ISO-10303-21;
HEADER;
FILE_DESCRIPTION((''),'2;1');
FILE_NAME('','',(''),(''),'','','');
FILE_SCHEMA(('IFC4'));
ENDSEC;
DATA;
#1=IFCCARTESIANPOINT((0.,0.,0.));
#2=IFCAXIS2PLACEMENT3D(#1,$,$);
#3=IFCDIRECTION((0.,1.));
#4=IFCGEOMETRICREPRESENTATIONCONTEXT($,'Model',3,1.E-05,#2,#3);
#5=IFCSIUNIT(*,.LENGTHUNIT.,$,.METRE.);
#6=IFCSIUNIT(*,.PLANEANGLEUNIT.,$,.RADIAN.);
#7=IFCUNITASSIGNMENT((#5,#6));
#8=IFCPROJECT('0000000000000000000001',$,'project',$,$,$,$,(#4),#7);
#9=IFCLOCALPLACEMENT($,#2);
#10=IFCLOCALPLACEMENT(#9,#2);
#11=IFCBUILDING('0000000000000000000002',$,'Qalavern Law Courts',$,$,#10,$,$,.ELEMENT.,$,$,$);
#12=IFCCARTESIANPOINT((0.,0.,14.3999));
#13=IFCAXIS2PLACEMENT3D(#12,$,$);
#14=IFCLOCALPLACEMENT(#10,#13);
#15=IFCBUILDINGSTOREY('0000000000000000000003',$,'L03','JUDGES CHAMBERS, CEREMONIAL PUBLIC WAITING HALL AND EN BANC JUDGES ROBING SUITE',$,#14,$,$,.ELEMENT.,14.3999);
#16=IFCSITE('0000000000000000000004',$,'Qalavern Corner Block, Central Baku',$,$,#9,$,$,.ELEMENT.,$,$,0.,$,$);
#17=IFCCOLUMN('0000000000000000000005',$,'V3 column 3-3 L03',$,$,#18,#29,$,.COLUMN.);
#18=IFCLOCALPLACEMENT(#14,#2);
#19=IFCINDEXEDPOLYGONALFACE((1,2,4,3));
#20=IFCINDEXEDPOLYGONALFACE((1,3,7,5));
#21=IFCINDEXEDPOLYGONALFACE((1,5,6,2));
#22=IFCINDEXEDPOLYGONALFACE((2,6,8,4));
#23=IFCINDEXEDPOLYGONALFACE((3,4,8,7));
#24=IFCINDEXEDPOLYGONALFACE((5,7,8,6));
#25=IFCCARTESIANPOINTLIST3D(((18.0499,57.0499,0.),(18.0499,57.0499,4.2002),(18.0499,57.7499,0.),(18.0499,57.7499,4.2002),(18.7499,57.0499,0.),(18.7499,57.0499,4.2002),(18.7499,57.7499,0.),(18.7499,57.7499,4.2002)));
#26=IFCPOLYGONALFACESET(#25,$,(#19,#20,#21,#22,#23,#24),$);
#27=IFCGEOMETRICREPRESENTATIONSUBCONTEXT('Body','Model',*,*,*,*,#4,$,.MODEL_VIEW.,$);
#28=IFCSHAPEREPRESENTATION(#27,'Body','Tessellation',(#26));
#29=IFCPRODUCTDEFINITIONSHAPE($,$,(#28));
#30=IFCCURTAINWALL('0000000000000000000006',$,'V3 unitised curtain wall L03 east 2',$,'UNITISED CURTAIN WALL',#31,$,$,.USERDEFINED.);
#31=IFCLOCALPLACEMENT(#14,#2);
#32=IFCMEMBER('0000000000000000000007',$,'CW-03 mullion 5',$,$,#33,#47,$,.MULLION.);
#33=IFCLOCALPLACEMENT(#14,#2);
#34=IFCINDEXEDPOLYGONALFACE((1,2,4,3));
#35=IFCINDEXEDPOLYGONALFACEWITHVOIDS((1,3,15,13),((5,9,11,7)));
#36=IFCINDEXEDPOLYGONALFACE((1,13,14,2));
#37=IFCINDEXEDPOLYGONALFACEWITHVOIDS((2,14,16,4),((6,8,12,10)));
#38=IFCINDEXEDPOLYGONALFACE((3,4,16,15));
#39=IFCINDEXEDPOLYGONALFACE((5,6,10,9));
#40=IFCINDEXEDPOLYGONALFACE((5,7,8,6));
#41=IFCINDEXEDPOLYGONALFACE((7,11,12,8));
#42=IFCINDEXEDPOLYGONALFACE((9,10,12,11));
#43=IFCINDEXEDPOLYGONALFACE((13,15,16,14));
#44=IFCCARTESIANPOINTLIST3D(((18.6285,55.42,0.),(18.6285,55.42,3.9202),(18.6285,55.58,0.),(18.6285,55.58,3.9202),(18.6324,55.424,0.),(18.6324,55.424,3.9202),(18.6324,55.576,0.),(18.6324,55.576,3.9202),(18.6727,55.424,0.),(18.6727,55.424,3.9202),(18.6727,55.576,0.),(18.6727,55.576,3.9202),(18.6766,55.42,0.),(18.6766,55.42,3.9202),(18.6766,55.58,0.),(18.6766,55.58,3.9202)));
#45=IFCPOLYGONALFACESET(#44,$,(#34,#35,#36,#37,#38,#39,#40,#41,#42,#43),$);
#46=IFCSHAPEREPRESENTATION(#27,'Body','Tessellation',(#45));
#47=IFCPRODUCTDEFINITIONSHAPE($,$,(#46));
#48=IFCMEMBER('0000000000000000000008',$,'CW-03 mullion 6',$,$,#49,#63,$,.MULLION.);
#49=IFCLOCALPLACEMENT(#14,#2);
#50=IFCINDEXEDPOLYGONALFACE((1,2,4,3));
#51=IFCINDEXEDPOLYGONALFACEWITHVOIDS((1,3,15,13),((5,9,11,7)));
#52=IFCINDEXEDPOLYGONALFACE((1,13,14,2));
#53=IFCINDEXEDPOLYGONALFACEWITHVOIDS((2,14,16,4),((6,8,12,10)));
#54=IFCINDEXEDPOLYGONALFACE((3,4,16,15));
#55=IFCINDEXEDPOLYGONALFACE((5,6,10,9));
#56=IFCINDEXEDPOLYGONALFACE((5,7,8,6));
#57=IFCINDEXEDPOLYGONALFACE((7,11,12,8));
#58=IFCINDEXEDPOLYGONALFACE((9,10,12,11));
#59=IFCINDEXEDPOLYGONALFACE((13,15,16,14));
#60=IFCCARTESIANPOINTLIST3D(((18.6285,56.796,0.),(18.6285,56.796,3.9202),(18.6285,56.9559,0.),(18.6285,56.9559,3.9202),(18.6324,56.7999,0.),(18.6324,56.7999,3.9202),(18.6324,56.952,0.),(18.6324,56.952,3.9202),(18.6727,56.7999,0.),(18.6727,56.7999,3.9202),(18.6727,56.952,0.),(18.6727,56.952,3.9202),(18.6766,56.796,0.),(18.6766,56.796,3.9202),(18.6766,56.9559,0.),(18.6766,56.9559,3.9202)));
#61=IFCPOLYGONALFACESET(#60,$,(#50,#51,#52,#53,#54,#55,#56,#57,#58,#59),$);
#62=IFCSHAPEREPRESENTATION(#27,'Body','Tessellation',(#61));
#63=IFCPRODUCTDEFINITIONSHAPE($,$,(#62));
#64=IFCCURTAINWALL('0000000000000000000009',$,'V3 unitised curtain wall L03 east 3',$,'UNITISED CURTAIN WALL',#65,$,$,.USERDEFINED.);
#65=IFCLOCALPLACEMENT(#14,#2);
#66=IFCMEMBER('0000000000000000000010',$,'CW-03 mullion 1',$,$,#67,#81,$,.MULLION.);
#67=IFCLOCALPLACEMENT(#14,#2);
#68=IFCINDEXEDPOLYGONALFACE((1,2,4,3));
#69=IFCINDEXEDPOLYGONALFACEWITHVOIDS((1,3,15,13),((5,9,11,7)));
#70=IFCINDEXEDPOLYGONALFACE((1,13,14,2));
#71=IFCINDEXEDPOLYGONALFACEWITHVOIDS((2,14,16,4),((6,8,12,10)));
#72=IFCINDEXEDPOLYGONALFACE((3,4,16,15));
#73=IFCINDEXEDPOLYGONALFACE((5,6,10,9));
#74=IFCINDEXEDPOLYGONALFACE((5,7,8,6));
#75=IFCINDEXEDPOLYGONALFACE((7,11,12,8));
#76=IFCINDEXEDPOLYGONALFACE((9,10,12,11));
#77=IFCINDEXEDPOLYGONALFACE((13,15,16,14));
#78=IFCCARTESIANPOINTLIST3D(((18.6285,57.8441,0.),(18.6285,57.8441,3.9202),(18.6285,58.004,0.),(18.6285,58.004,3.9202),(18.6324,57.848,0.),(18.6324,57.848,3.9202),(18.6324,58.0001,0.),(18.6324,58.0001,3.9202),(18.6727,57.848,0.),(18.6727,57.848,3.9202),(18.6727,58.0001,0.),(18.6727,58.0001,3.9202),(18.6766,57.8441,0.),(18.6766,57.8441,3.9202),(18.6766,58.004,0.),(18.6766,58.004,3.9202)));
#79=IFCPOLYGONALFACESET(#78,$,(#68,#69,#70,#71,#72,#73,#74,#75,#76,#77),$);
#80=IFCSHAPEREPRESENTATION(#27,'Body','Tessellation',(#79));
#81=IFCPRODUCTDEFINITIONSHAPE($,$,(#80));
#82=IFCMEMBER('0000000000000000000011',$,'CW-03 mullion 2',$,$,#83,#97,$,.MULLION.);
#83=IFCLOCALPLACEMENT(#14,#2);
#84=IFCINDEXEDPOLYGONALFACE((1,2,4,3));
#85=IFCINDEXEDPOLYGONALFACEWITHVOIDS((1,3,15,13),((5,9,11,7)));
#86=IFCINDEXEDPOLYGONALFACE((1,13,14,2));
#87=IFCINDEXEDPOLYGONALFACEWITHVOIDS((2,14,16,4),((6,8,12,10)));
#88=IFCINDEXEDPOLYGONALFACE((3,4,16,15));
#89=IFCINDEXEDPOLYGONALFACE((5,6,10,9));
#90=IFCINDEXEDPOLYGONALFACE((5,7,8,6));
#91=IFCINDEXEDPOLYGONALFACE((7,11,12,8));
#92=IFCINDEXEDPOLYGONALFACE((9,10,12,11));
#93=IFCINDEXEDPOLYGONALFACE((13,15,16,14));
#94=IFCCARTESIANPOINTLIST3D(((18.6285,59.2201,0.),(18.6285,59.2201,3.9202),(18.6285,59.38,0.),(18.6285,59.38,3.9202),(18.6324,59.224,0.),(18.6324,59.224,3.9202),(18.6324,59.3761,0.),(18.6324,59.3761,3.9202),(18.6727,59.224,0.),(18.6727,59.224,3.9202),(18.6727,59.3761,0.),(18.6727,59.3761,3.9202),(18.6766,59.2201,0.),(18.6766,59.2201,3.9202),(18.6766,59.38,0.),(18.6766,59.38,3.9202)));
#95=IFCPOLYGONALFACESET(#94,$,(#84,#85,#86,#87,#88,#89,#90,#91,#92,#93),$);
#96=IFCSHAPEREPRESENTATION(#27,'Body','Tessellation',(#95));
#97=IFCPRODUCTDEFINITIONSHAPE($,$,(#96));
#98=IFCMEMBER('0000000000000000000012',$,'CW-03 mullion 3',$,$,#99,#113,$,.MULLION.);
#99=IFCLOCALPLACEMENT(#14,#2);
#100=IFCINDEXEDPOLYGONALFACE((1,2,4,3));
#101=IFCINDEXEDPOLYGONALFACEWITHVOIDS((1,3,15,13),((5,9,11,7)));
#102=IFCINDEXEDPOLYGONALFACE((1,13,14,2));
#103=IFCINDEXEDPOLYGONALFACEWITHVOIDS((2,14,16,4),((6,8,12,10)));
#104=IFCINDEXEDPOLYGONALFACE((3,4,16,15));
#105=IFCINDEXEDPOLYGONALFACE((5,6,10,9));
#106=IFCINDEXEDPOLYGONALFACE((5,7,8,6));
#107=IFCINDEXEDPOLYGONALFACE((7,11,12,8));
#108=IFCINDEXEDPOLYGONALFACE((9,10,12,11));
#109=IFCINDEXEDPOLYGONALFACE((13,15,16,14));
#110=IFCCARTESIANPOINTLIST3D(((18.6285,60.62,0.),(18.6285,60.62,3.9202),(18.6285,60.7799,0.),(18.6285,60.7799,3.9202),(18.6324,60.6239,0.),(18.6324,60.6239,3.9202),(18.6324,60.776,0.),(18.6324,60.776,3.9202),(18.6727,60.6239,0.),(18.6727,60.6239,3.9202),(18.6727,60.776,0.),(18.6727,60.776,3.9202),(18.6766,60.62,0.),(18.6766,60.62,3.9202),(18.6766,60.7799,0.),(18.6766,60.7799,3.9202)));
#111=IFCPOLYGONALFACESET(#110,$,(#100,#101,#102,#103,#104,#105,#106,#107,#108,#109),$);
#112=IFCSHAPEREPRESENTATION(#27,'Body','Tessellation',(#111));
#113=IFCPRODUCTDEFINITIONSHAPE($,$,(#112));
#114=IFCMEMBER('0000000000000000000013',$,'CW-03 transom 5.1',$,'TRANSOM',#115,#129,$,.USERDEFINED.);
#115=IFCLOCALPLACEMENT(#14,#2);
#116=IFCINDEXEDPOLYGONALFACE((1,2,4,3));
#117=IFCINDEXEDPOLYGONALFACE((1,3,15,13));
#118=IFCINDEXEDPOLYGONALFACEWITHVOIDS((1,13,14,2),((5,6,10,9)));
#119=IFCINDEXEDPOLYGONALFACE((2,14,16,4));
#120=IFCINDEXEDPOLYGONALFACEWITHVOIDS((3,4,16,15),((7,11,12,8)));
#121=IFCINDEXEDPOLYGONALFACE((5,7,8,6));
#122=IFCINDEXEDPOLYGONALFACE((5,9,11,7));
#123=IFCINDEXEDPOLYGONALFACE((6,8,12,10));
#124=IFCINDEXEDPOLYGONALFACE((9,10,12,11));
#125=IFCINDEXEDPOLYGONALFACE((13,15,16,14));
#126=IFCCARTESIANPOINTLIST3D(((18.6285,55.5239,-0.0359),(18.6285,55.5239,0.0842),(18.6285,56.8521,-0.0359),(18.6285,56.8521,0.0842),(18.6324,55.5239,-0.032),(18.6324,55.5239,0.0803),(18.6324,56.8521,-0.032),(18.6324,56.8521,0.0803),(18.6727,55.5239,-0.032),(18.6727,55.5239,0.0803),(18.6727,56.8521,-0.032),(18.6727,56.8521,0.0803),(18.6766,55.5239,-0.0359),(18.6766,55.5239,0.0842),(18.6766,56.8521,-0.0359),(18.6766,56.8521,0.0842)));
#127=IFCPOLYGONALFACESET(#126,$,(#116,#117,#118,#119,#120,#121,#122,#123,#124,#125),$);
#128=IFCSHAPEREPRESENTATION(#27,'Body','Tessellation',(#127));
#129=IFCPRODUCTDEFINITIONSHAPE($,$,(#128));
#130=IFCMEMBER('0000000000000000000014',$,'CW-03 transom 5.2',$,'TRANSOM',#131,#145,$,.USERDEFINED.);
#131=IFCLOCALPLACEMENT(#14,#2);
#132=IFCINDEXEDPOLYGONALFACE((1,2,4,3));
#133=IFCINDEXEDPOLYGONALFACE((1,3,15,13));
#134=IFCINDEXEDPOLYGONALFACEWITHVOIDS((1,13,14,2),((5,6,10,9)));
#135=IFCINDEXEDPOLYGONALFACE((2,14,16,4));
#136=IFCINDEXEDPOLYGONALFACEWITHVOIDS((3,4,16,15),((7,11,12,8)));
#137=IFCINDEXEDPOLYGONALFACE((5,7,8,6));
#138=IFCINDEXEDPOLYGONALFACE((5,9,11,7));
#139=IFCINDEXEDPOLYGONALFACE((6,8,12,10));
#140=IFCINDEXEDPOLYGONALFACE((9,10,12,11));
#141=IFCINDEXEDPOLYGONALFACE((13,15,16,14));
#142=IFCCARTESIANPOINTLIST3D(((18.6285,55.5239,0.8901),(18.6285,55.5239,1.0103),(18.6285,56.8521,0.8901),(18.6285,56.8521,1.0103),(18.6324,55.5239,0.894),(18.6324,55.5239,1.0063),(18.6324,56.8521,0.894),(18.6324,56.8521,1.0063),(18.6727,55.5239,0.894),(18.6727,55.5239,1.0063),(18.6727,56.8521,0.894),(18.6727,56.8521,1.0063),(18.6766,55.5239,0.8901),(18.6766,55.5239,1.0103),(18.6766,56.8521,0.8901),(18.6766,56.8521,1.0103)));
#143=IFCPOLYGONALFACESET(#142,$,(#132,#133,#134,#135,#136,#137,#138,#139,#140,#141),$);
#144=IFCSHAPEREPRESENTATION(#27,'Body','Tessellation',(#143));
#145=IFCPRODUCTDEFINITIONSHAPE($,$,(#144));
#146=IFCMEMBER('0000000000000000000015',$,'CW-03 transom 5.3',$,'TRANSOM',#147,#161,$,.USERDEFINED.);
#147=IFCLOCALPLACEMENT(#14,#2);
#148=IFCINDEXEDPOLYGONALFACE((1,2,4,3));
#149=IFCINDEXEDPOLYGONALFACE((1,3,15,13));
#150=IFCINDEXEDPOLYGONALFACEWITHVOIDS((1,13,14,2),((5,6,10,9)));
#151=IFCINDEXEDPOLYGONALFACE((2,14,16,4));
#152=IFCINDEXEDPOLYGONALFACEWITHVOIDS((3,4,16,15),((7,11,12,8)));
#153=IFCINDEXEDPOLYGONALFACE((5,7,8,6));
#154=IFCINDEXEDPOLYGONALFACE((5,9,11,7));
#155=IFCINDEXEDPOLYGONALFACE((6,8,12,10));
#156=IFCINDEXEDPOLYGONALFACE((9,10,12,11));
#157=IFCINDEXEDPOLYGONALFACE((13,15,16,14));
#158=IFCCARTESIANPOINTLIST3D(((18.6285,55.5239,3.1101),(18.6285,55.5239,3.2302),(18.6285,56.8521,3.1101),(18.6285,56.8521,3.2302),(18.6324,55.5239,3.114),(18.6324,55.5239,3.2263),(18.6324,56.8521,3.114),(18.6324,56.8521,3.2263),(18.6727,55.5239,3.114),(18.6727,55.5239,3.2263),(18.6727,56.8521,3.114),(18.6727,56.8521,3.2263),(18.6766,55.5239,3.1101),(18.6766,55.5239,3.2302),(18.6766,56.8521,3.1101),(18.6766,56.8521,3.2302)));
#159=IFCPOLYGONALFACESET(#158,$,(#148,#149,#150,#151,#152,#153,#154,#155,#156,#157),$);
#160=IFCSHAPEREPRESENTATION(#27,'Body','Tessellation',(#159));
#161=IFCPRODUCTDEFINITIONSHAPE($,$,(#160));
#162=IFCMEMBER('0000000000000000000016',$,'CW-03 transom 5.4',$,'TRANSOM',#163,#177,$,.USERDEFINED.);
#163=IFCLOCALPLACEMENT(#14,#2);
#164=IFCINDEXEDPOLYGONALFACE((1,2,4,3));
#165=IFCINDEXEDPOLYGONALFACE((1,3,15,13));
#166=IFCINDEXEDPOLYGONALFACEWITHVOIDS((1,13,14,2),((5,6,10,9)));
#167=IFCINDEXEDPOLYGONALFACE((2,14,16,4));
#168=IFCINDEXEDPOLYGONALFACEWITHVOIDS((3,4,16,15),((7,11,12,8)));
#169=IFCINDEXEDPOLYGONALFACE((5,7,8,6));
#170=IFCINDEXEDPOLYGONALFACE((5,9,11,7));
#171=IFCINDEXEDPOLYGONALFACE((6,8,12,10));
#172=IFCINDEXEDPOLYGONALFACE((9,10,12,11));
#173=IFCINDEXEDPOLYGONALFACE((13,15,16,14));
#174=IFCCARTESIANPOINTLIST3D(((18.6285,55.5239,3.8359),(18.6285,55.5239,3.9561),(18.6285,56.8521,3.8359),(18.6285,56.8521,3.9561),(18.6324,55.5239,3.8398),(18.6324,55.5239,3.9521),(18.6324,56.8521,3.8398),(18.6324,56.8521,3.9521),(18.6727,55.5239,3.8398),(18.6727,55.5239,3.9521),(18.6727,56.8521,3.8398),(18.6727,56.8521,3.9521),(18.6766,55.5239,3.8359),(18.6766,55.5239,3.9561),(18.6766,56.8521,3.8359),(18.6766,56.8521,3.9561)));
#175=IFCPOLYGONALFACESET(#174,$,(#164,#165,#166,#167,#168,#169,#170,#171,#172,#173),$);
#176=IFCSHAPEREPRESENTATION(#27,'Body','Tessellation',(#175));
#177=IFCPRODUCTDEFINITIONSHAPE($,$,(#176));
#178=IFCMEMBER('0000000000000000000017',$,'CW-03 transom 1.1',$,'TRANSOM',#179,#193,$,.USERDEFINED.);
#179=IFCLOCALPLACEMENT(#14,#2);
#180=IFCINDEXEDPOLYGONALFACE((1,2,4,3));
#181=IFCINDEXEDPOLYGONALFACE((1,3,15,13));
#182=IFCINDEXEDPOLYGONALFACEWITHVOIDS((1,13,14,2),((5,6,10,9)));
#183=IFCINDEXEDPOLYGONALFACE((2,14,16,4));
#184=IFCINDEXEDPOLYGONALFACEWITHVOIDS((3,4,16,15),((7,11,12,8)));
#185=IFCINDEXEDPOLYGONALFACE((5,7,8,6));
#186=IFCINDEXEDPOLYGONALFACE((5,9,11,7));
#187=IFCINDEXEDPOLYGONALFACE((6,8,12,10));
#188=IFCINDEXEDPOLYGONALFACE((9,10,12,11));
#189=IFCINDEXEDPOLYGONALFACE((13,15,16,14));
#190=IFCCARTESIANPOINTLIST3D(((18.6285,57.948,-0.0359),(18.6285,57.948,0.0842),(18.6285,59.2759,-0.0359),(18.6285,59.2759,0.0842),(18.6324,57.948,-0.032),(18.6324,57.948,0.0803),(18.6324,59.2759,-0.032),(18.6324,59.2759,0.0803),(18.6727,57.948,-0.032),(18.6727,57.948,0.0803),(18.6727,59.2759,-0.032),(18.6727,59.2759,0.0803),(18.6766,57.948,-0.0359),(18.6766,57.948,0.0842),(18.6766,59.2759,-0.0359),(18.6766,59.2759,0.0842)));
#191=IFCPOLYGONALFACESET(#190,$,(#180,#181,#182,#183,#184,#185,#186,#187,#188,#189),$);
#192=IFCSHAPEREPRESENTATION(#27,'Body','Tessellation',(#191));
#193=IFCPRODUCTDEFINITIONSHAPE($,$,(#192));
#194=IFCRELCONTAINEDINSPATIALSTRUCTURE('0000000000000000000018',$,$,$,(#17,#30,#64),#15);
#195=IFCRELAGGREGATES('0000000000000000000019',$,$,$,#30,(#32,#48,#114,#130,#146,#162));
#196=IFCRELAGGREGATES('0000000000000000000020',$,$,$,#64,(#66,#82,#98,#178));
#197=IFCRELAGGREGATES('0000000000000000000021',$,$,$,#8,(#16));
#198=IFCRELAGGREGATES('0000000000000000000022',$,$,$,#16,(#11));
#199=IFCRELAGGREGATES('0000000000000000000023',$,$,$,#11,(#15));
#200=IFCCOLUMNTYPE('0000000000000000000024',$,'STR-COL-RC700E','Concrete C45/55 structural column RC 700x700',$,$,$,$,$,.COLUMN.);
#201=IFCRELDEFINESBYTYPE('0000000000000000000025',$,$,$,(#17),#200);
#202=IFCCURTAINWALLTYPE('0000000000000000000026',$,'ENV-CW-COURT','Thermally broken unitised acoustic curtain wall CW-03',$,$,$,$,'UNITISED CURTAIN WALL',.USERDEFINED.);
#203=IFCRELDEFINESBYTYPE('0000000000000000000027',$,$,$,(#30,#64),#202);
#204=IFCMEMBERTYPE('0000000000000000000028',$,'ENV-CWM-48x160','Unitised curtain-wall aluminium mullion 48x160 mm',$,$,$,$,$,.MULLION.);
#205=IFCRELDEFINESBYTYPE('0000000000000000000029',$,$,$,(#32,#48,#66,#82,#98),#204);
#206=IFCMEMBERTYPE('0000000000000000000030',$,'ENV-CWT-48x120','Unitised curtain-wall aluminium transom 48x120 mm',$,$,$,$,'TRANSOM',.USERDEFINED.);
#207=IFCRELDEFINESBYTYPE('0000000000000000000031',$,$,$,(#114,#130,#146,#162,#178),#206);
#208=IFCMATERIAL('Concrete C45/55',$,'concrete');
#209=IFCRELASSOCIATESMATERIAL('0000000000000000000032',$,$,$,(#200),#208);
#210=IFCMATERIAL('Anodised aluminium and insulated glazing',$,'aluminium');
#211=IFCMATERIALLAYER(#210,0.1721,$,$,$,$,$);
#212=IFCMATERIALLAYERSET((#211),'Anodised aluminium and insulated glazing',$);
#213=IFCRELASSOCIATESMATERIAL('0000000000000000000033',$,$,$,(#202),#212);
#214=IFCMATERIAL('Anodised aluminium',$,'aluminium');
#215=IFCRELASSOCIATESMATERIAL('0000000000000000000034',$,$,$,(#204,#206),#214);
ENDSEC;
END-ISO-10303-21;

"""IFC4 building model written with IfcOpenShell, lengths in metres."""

from ifc_helpers import new_model, si_unit, direction, frame, origin, origin_2d, place, context, subcontext, project, spatial, rectangle, hollow_rectangle, extrude, material, layer, layer_set, material_profile, profile_set, type_object, element, aggregate, save


model = new_model("IFC4")

# Units and contexts
model_context = context("Model", 3, precision=1e-05, world=origin(), true_north=direction((0.0, 1.0)))
body_context = subcontext(model_context, "Body", "Model", "MODEL_VIEW")
ifc_project = project(units=[si_unit("LENGTHUNIT", "METRE"), si_unit("PLANEANGLEUNIT", "RADIAN")], contexts=[model_context])

# Site, building, storey
site_placement = place(None, origin())
site = spatial("IfcSite", under=ifc_project, at=site_placement, Name="Qalavern Corner Block, Central Baku", CompositionType="ELEMENT", RefElevation=0.0)
building_placement = place(site_placement, origin())
building = spatial("IfcBuilding", under=site, at=building_placement, Name="Qalavern Law Courts", CompositionType="ELEMENT")
storey_placement = place(building_placement, frame((0.0, 0.0, 14.3999)))
storey = spatial("IfcBuildingStorey", under=building, at=storey_placement, Name="L03", Description="JUDGES CHAMBERS, CEREMONIAL PUBLIC WAITING HALL AND EN BANC JUDGES ROBING SUITE", CompositionType="ELEMENT", Elevation=14.3999)

# Column
ifc_material_1 = material(Name="Concrete C45/55", Category="concrete")
ifc_material_profile_1 = material_profile(ifc_material_1, rectangle(XDim=0.7, YDim=0.7, at=origin_2d()), Name="RC 700x700")
ifc_profile_set_1 = profile_set([ifc_material_profile_1], Name="Concrete C45/55")
column_type = type_object("IfcColumnType", Name="STR-COL-RC700E", Description="Concrete C45/55 structural column RC 700x700", PredefinedType="COLUMN", material=ifc_profile_set_1)
column_placement = place(storey_placement, frame((18.3999, 57.3999, 0.0), z_axis=(0.0, 0.0, 1.0), x_axis=(1.0, 0.0, 0.0)))
element("IfcColumn", 1, at=column_placement, inside=storey, type_object=column_type, Name="V3 column 3-3 L03", PredefinedType="COLUMN", context=body_context, shape_type="SweptSolid", body=[
    extrude(rectangle(XDim=0.7, YDim=0.7, at=origin_2d()), origin(), (0.0, 0.0, 1.0), 4.2002),
])

# Curtain walls, members
ifc_material_2 = material(Name="Anodised aluminium and insulated glazing", Category="aluminium")
ifc_layer_1 = layer(ifc_material_2, 0.1721)
ifc_layer_set_1 = layer_set([ifc_layer_1], Name="Anodised aluminium and insulated glazing")
curtain_wall_type = type_object("IfcCurtainWallType", Name="ENV-CW-COURT", Description="Thermally broken unitised acoustic curtain wall CW-03", ElementType="UNITISED CURTAIN WALL", PredefinedType="USERDEFINED", material=ifc_layer_set_1)
curtain_wall_1_placement = place(storey_placement, origin())
curtain_wall_1 = element("IfcCurtainWall", 2, at=curtain_wall_1_placement, inside=storey, type_object=curtain_wall_type, Name="V3 unitised curtain wall L03 east 2", ObjectType="UNITISED CURTAIN WALL", PredefinedType="USERDEFINED")
ifc_material_3 = material(Name="Anodised aluminium", Category="aluminium")
ifc_material_profile_2 = material_profile(ifc_material_3, hollow_rectangle(XDim=0.0481, YDim=0.1599, WallThickness=0.0039, at=origin_2d()), Name="ALU MULLION 48x160")
ifc_profile_set_2 = profile_set([ifc_material_profile_2], Name="Anodised aluminium")
member_type_1 = type_object("IfcMemberType", Name="ENV-CWM-48x160", Description="Unitised curtain-wall aluminium mullion 48x160 mm", PredefinedType="MULLION", material=ifc_profile_set_2)
member_1_placement = place(storey_placement, frame((18.6526, 55.5, 0.0), z_axis=(0.0, 0.0, 1.0), x_axis=(-1.0, 0.0, 0.0)))
member_1 = element("IfcMember", 3, at=member_1_placement, type_object=member_type_1, Name="CW-03 mullion 5", PredefinedType="MULLION", context=body_context, shape_type="SweptSolid", body=[
    extrude(hollow_rectangle(XDim=0.0481, YDim=0.1599, WallThickness=0.0039, at=origin_2d()), origin(), (0.0, 0.0, 1.0), 3.9202),
])
member_2_placement = place(storey_placement, frame((18.6526, 56.876, 0.0), z_axis=(0.0, 0.0, 1.0), x_axis=(-1.0, 0.0, 0.0)))
member_2 = element("IfcMember", 4, at=member_2_placement, type_object=member_type_1, Name="CW-03 mullion 6", PredefinedType="MULLION", context=body_context, shape_type="SweptSolid", body=[
    extrude(hollow_rectangle(XDim=0.0481, YDim=0.1599, WallThickness=0.0039, at=origin_2d()), origin(), (0.0, 0.0, 1.0), 3.9202),
])
curtain_wall_2_placement = place(storey_placement, origin())
curtain_wall_2 = element("IfcCurtainWall", 5, at=curtain_wall_2_placement, inside=storey, type_object=curtain_wall_type, Name="V3 unitised curtain wall L03 east 3", ObjectType="UNITISED CURTAIN WALL", PredefinedType="USERDEFINED")
member_3_placement = place(storey_placement, frame((18.6526, 57.9241, 0.0), z_axis=(0.0, 0.0, 1.0), x_axis=(-1.0, 0.0, 0.0)))
member_3 = element("IfcMember", 6, at=member_3_placement, type_object=member_type_1, Name="CW-03 mullion 1", PredefinedType="MULLION", context=body_context, shape_type="SweptSolid", body=[
    extrude(hollow_rectangle(XDim=0.0481, YDim=0.1599, WallThickness=0.0039, at=origin_2d()), origin(), (0.0, 0.0, 1.0), 3.9202),
])
member_4_placement = place(storey_placement, frame((18.6526, 59.3, 0.0), z_axis=(0.0, 0.0, 1.0), x_axis=(-1.0, 0.0, 0.0)))
member_4 = element("IfcMember", 7, at=member_4_placement, type_object=member_type_1, Name="CW-03 mullion 2", PredefinedType="MULLION", context=body_context, shape_type="SweptSolid", body=[
    extrude(hollow_rectangle(XDim=0.0481, YDim=0.1599, WallThickness=0.0039, at=origin_2d()), origin(), (0.0, 0.0, 1.0), 3.9202),
])
member_5_placement = place(storey_placement, frame((18.6526, 60.7, 0.0), z_axis=(0.0, 0.0, 1.0), x_axis=(-1.0, 0.0, 0.0)))
member_5 = element("IfcMember", 8, at=member_5_placement, type_object=member_type_1, Name="CW-03 mullion 3", PredefinedType="MULLION", context=body_context, shape_type="SweptSolid", body=[
    extrude(hollow_rectangle(XDim=0.0481, YDim=0.1599, WallThickness=0.0039, at=origin_2d()), origin(), (0.0, 0.0, 1.0), 3.9202),
])

# Members
ifc_material_profile_3 = material_profile(ifc_material_3, hollow_rectangle(XDim=0.0481, YDim=0.1201, WallThickness=0.0039, at=origin_2d()), Name="ALU TRANSOM 48x120")
ifc_profile_set_3 = profile_set([ifc_material_profile_3], Name="Anodised aluminium")
member_type_2 = type_object("IfcMemberType", Name="ENV-CWT-48x120", Description="Unitised curtain-wall aluminium transom 48x120 mm", ElementType="TRANSOM", PredefinedType="USERDEFINED", material=ifc_profile_set_3)
member_6_placement = place(storey_placement, frame((18.6526, 55.5239, 0.0242), z_axis=(0.0, 1.0, 0.0), x_axis=(-1.0, 0.0, 0.0)))
member_6 = element("IfcMember", 9, at=member_6_placement, type_object=member_type_2, Name="CW-03 transom 5.1", ObjectType="TRANSOM", PredefinedType="USERDEFINED", context=body_context, shape_type="SweptSolid", body=[
    extrude(hollow_rectangle(XDim=0.0481, YDim=0.1201, WallThickness=0.0039, at=origin_2d()), origin(), (0.0, 0.0, 1.0), 1.3281),
])
member_7_placement = place(storey_placement, frame((18.6526, 55.5239, 0.9502), z_axis=(0.0, 1.0, 0.0), x_axis=(-1.0, 0.0, 0.0)))
member_7 = element("IfcMember", 10, at=member_7_placement, type_object=member_type_2, Name="CW-03 transom 5.2", ObjectType="TRANSOM", PredefinedType="USERDEFINED", context=body_context, shape_type="SweptSolid", body=[
    extrude(hollow_rectangle(XDim=0.0481, YDim=0.1201, WallThickness=0.0039, at=origin_2d()), origin(), (0.0, 0.0, 1.0), 1.3281),
])
member_8_placement = place(storey_placement, frame((18.6526, 55.5239, 3.1702), z_axis=(0.0, 1.0, 0.0), x_axis=(-1.0, 0.0, 0.0)))
member_8 = element("IfcMember", 11, at=member_8_placement, type_object=member_type_2, Name="CW-03 transom 5.3", ObjectType="TRANSOM", PredefinedType="USERDEFINED", context=body_context, shape_type="SweptSolid", body=[
    extrude(hollow_rectangle(XDim=0.0481, YDim=0.1201, WallThickness=0.0039, at=origin_2d()), origin(), (0.0, 0.0, 1.0), 1.3281),
])
member_9_placement = place(storey_placement, frame((18.6526, 55.5239, 3.896), z_axis=(0.0, 1.0, 0.0), x_axis=(-1.0, 0.0, 0.0)))
member_9 = element("IfcMember", 12, at=member_9_placement, type_object=member_type_2, Name="CW-03 transom 5.4", ObjectType="TRANSOM", PredefinedType="USERDEFINED", context=body_context, shape_type="SweptSolid", body=[
    extrude(hollow_rectangle(XDim=0.0481, YDim=0.1201, WallThickness=0.0039, at=origin_2d()), origin(), (0.0, 0.0, 1.0), 1.3281),
])
member_10_placement = place(storey_placement, frame((18.6526, 57.948, 0.0242), z_axis=(0.0, 1.0, 0.0), x_axis=(-1.0, 0.0, 0.0)))
member_10 = element("IfcMember", 13, at=member_10_placement, type_object=member_type_2, Name="CW-03 transom 1.1", ObjectType="TRANSOM", PredefinedType="USERDEFINED", context=body_context, shape_type="SweptSolid", body=[
    extrude(hollow_rectangle(XDim=0.0481, YDim=0.1201, WallThickness=0.0039, at=origin_2d()), origin(), (0.0, 0.0, 1.0), 1.3279),
])

aggregate(curtain_wall_1, [member_1, member_2, member_6, member_7, member_8, member_9])
aggregate(curtain_wall_2, [member_3, member_4, member_5, member_10])

save(model, "model.ifc")
